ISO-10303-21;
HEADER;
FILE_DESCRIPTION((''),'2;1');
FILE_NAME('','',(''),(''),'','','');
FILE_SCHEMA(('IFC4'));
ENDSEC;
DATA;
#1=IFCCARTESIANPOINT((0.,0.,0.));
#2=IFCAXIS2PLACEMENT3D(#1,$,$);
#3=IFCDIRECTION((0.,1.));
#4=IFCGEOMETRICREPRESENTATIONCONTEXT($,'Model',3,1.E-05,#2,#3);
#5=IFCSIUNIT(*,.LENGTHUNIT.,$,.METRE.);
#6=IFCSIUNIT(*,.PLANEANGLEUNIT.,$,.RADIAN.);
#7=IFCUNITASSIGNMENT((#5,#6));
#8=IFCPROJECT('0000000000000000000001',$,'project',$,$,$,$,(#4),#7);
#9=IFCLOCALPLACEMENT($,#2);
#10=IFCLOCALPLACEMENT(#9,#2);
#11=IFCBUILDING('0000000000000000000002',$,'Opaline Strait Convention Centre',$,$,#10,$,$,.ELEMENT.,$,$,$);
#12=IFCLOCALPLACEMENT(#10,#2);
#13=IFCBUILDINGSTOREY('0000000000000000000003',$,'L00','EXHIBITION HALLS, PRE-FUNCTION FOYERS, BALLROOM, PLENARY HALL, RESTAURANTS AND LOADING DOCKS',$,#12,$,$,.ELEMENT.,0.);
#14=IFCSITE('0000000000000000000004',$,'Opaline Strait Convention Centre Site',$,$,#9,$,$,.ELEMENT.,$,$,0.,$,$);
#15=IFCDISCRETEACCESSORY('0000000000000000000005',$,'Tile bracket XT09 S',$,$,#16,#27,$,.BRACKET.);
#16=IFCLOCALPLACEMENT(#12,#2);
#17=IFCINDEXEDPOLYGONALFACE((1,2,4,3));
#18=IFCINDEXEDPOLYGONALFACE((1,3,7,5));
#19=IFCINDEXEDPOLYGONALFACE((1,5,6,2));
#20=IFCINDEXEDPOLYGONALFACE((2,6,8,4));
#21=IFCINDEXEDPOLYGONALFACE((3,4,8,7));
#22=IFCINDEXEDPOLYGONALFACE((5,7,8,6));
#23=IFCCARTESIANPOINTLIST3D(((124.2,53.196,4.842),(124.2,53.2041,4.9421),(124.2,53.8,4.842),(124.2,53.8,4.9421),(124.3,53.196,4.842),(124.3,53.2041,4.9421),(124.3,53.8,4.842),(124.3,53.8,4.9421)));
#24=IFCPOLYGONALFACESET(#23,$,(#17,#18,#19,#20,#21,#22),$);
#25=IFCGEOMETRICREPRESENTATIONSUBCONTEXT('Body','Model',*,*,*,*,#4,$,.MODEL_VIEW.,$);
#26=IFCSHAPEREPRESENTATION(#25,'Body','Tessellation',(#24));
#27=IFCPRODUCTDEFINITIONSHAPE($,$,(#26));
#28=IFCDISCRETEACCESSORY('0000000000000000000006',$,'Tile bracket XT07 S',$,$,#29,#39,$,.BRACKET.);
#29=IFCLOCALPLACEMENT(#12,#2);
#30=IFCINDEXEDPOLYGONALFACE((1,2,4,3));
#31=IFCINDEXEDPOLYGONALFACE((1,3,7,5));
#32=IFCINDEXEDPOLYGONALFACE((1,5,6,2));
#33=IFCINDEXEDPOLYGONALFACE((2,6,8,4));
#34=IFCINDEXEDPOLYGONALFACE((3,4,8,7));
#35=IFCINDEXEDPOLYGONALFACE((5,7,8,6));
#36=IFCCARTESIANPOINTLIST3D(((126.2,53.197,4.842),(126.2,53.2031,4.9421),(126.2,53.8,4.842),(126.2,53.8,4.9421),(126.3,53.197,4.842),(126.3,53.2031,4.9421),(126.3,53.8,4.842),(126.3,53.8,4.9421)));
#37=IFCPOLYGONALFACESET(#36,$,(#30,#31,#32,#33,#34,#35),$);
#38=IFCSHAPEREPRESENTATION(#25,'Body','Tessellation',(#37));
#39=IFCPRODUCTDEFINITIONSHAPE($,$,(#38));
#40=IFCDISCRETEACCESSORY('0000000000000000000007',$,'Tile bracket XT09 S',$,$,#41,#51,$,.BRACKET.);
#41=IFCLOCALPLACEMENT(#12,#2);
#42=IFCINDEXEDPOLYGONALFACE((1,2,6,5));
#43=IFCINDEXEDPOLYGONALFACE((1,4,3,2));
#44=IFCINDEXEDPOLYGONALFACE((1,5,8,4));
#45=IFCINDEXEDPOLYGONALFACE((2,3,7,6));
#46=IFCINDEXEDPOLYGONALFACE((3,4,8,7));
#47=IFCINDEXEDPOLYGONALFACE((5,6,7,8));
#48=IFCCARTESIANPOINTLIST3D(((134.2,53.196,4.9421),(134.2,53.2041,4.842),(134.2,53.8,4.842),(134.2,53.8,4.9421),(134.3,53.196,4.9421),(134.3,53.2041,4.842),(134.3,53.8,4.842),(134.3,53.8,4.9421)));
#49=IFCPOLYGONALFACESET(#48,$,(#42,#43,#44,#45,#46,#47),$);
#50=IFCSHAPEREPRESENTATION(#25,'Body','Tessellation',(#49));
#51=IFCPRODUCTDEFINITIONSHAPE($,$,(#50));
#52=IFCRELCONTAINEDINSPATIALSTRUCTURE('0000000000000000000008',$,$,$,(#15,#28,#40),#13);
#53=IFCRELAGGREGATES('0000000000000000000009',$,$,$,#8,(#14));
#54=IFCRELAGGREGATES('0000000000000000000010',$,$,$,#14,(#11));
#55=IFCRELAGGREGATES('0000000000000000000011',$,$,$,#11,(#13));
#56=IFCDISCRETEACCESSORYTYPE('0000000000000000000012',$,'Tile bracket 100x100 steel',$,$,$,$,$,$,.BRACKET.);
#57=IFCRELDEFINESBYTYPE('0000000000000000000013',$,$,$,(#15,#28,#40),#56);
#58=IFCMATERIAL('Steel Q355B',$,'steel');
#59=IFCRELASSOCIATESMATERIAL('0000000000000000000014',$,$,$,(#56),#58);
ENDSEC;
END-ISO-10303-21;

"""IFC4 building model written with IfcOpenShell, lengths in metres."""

from ifc_helpers import new_model, si_unit, direction, frame, origin, place, context, subcontext, project, spatial, polyline, outline, extrude, material, type_object, element, save


model = new_model("IFC4")

# Units and contexts
model_context = context("Model", 3, precision=1e-05, world=origin(), true_north=direction((0.0, 1.0)))
body_context = subcontext(model_context, "Body", "Model", "MODEL_VIEW")
ifc_project = project(units=[si_unit("LENGTHUNIT", "METRE"), si_unit("PLANEANGLEUNIT", "RADIAN")], contexts=[model_context])

# Site, building, storey
site_placement = place(None, origin())
site = spatial("IfcSite", under=ifc_project, at=site_placement, Name="Opaline Strait Convention Centre Site", CompositionType="ELEMENT", RefElevation=0.0)
building_placement = place(site_placement, origin())
building = spatial("IfcBuilding", under=site, at=building_placement, Name="Opaline Strait Convention Centre", CompositionType="ELEMENT")
storey_placement = place(building_placement, origin())
storey = spatial("IfcBuildingStorey", under=building, at=storey_placement, Name="L00", Description="EXHIBITION HALLS, PRE-FUNCTION FOYERS, BALLROOM, PLENARY HALL, RESTAURANTS AND LOADING DOCKS", CompositionType="ELEMENT", Elevation=0.0)

# Shared definitions
ifc_material_1 = material(Name="Steel Q355B", Category="steel")

# Discrete accessories
discrete_accessory_type = type_object("IfcDiscreteAccessoryType", Name="Tile bracket 100x100 steel", PredefinedType="BRACKET", material=ifc_material_1)
discrete_accessory_1_placement = place(storey_placement, frame((124.2, 53.8, 4.8921), z_axis=(1.0, 0.0, 0.0), x_axis=(0.0, 1.0, 0.0)))
element("IfcDiscreteAccessory", 1, at=discrete_accessory_1_placement, inside=storey, type_object=discrete_accessory_type, Name="Tile bracket XT09 S", PredefinedType="BRACKET", context=body_context, shape_type="SweptSolid", body=[
    extrude(outline(polyline([(0.0, -0.05), (0.0, 0.05), (-0.5959, 0.05), (-0.604, -0.05), (0.0, -0.05)])), origin(), (0.0, 0.0, 1.0), 0.1001),
])
discrete_accessory_2_placement = place(storey_placement, frame((126.2, 53.8, 4.8921), z_axis=(1.0, 0.0, 0.0), x_axis=(0.0, 1.0, 0.0)))
element("IfcDiscreteAccessory", 2, at=discrete_accessory_2_placement, inside=storey, type_object=discrete_accessory_type, Name="Tile bracket XT07 S", PredefinedType="BRACKET", context=body_context, shape_type="SweptSolid", body=[
    extrude(outline(polyline([(0.0, -0.05), (0.0, 0.05), (-0.5969, 0.05), (-0.603, -0.05), (0.0, -0.05)])), origin(), (0.0, 0.0, 1.0), 0.1001),
])
discrete_accessory_3_placement = place(storey_placement, frame((134.2, 53.8, 4.8921), z_axis=(1.0, 0.0, 0.0), x_axis=(0.0, 1.0, 0.0)))
element("IfcDiscreteAccessory", 3, at=discrete_accessory_3_placement, inside=storey, type_object=discrete_accessory_type, Name="Tile bracket XT09 S", PredefinedType="BRACKET", context=body_context, shape_type="SweptSolid", body=[
    extrude(outline(polyline([(0.0, -0.05), (0.0, 0.05), (-0.604, 0.05), (-0.5959, -0.05), (0.0, -0.05)])), origin(), (0.0, 0.0, 1.0), 0.1001),
])

save(model, "model.ifc")
